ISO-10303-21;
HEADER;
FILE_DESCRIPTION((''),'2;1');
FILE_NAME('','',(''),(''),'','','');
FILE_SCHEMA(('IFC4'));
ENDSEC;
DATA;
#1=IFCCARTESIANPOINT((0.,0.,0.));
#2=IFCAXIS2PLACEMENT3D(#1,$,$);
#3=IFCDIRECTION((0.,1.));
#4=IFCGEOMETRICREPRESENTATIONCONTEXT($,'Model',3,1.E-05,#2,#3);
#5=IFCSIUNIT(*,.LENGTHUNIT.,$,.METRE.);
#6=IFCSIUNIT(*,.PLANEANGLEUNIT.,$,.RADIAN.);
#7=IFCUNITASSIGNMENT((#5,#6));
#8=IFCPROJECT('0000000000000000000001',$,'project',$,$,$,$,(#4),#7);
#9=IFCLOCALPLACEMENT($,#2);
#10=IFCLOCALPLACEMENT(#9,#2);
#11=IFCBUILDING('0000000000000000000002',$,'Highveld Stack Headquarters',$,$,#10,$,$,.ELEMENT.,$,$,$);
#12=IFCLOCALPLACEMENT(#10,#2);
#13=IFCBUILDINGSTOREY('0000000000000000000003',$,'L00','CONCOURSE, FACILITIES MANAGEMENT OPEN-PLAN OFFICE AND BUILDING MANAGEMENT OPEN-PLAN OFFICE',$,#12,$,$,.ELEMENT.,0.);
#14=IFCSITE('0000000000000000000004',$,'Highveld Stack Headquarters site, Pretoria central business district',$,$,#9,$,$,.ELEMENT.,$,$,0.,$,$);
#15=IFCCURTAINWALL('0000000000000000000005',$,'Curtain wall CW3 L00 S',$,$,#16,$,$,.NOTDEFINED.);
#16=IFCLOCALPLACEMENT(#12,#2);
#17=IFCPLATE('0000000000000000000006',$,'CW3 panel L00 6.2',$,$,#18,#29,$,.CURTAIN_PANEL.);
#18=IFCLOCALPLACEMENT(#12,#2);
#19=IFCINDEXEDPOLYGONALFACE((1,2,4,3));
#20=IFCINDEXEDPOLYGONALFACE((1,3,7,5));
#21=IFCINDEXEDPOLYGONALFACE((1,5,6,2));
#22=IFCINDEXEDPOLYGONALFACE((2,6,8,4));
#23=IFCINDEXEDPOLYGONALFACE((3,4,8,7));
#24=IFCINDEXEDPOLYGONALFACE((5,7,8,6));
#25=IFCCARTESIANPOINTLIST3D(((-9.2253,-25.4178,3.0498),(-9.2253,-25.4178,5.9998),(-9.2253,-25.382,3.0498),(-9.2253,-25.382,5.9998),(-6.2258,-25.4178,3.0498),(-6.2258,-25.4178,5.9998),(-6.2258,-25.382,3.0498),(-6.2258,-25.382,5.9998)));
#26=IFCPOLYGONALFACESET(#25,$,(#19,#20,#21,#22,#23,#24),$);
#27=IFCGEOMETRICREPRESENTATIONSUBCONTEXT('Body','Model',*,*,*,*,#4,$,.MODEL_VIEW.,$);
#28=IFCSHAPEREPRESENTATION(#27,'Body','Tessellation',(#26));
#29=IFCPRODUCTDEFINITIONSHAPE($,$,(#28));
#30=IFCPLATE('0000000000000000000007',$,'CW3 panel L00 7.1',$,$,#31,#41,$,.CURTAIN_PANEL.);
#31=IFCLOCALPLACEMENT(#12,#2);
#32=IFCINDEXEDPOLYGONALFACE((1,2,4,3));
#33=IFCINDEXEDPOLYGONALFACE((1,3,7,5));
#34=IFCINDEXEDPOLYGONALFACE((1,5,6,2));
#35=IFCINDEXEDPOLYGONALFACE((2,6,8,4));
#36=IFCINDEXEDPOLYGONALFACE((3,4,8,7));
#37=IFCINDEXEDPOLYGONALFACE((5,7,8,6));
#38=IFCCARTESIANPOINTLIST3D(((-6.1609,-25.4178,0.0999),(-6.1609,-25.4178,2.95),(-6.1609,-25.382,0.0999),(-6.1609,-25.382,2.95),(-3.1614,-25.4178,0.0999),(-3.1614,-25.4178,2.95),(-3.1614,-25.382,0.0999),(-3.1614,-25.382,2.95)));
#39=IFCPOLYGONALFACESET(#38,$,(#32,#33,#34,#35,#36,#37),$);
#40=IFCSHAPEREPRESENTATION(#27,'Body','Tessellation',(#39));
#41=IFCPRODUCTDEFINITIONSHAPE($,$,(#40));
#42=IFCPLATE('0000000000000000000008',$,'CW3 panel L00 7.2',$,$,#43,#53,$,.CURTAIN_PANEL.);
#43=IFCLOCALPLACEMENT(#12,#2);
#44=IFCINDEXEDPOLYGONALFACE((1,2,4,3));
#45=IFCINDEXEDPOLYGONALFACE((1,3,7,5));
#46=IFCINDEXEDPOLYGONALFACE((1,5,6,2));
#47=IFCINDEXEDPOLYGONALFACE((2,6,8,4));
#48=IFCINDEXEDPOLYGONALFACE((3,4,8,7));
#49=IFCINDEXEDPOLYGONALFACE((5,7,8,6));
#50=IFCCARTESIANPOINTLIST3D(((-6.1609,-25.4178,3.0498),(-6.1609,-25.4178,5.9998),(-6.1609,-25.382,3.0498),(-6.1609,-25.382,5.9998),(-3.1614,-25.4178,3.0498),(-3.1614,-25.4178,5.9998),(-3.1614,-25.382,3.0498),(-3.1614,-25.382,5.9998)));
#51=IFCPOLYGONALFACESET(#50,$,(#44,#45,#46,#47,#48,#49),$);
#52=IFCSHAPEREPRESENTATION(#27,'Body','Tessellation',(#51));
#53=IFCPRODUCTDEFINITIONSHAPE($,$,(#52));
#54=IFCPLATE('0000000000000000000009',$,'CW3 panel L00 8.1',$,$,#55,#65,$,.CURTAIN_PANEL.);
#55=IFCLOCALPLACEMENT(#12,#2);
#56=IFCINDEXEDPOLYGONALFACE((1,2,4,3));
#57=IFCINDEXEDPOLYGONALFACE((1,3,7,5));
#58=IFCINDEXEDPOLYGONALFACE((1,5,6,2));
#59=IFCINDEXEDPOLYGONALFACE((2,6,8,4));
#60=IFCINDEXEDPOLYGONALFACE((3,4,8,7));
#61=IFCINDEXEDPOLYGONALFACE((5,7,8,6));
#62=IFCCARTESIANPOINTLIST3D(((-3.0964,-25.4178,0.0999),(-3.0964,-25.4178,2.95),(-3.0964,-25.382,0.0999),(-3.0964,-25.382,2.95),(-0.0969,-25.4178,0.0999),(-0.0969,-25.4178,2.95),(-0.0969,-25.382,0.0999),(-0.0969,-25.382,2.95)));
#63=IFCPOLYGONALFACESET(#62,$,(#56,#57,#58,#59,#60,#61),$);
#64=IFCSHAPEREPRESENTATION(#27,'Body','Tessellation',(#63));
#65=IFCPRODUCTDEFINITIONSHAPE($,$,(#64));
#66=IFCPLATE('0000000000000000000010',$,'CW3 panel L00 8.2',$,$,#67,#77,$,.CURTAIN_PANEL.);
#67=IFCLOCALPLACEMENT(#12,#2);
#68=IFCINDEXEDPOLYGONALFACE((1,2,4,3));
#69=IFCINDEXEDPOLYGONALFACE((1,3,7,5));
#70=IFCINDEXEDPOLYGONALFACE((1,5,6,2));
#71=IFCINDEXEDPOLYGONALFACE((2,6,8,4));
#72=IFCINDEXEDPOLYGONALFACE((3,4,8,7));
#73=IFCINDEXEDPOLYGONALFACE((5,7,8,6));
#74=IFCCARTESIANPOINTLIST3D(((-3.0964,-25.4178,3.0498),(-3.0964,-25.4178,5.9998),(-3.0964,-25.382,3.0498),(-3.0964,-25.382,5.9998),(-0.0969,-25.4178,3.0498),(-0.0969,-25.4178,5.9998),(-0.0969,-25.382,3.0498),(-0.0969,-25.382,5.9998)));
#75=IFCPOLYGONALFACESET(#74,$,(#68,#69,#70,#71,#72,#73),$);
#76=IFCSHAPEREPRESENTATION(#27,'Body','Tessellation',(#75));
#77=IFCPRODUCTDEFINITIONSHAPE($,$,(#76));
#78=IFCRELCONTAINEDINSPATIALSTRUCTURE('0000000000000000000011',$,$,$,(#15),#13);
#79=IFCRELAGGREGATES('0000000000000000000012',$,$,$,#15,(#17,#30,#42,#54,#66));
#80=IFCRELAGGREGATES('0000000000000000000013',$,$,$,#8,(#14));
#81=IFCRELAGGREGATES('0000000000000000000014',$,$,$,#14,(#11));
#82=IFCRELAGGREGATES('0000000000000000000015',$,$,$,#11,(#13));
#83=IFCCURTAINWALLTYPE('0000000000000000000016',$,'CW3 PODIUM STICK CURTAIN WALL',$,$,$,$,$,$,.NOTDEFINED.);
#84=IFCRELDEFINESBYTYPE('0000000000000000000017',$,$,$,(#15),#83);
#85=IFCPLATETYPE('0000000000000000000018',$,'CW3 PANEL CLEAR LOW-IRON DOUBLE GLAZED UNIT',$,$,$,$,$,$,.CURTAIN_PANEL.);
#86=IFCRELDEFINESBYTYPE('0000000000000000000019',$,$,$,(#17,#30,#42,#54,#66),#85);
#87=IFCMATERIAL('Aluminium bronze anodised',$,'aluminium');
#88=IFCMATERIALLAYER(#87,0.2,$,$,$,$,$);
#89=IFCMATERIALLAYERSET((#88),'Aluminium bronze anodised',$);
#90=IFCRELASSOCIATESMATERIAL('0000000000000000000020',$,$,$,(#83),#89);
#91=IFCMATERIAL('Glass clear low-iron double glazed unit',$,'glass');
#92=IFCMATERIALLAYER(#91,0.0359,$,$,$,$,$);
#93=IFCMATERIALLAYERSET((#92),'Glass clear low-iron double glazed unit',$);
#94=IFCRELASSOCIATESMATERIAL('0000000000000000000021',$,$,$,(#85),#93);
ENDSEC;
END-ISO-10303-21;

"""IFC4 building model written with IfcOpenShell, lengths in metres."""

from ifc_helpers import new_model, si_unit, direction, frame, origin, origin_2d, place, context, subcontext, project, spatial, rectangle, extrude, material, layer, layer_set, type_object, element, aggregate, save


model = new_model("IFC4")

# Units and contexts
model_context = context("Model", 3, precision=1e-05, world=origin(), true_north=direction((0.0, 1.0)))
body_context = subcontext(model_context, "Body", "Model", "MODEL_VIEW")
ifc_project = project(units=[si_unit("LENGTHUNIT", "METRE"), si_unit("PLANEANGLEUNIT", "RADIAN")], contexts=[model_context])

# Site, building, storey
site_placement = place(None, origin())
site = spatial("IfcSite", under=ifc_project, at=site_placement, Name="Highveld Stack Headquarters site, Pretoria central business district", CompositionType="ELEMENT", RefElevation=0.0)
building_placement = place(site_placement, origin())
building = spatial("IfcBuilding", under=site, at=building_placement, Name="Highveld Stack Headquarters", CompositionType="ELEMENT")
storey_placement = place(building_placement, origin())
storey = spatial("IfcBuildingStorey", under=building, at=storey_placement, Name="L00", Description="CONCOURSE, FACILITIES MANAGEMENT OPEN-PLAN OFFICE AND BUILDING MANAGEMENT OPEN-PLAN OFFICE", CompositionType="ELEMENT", Elevation=0.0)

# Curtain wall, plates
ifc_material_1 = material(Name="Aluminium bronze anodised", Category="aluminium")
ifc_layer_1 = layer(ifc_material_1, 0.2)
ifc_layer_set_1 = layer_set([ifc_layer_1], Name="Aluminium bronze anodised")
curtain_wall_type = type_object("IfcCurtainWallType", Name="CW3 PODIUM STICK CURTAIN WALL", PredefinedType="NOTDEFINED", material=ifc_layer_set_1)
curtain_wall_placement = place(storey_placement, origin())
curtain_wall = element("IfcCurtainWall", 1, at=curtain_wall_placement, inside=storey, type_object=curtain_wall_type, Name="Curtain wall CW3 L00 S", PredefinedType="NOTDEFINED")
ifc_material_2 = material(Name="Glass clear low-iron double glazed unit", Category="glass")
ifc_layer_2 = layer(ifc_material_2, 0.0359)
ifc_layer_set_2 = layer_set([ifc_layer_2], Name="Glass clear low-iron double glazed unit")
plate_type = type_object("IfcPlateType", Name="CW3 PANEL CLEAR LOW-IRON DOUBLE GLAZED UNIT", PredefinedType="CURTAIN_PANEL", material=ifc_layer_set_2)
plate_1_placement = place(storey_placement, frame((-7.7256, -25.3999, 3.0498), z_axis=(0.0, 0.0, 1.0), x_axis=(1.0, 0.0, 0.0)))
plate_1 = element("IfcPlate", 2, at=plate_1_placement, type_object=plate_type, Name="CW3 panel L00 6.2", PredefinedType="CURTAIN_PANEL", context=body_context, shape_type="SweptSolid", body=[
    extrude(rectangle(XDim=2.9995, YDim=0.0359, at=origin_2d()), origin(), (0.0, 0.0, 1.0), 2.95),
])
plate_2_placement = place(storey_placement, frame((-4.6611, -25.3999, 0.0999), z_axis=(0.0, 0.0, 1.0), x_axis=(1.0, 0.0, 0.0)))
plate_2 = element("IfcPlate", 3, at=plate_2_placement, type_object=plate_type, Name="CW3 panel L00 7.1", PredefinedType="CURTAIN_PANEL", context=body_context, shape_type="SweptSolid", body=[
    extrude(rectangle(XDim=2.9995, YDim=0.0359, at=origin_2d()), origin(), (0.0, 0.0, 1.0), 2.8501),
])
plate_3_placement = place(storey_placement, frame((-4.6611, -25.3999, 3.0498), z_axis=(0.0, 0.0, 1.0), x_axis=(1.0, 0.0, 0.0)))
plate_3 = element("IfcPlate", 4, at=plate_3_placement, type_object=plate_type, Name="CW3 panel L00 7.2", PredefinedType="CURTAIN_PANEL", context=body_context, shape_type="SweptSolid", body=[
    extrude(rectangle(XDim=2.9995, YDim=0.0359, at=origin_2d()), origin(), (0.0, 0.0, 1.0), 2.95),
])
plate_4_placement = place(storey_placement, frame((-1.5967, -25.3999, 0.0999), z_axis=(0.0, 0.0, 1.0), x_axis=(1.0, 0.0, 0.0)))
plate_4 = element("IfcPlate", 5, at=plate_4_placement, type_object=plate_type, Name="CW3 panel L00 8.1", PredefinedType="CURTAIN_PANEL", context=body_context, shape_type="SweptSolid", body=[
    extrude(rectangle(XDim=2.9995, YDim=0.0359, at=origin_2d()), origin(), (0.0, 0.0, 1.0), 2.8501),
])
plate_5_placement = place(storey_placement, frame((-1.5967, -25.3999, 3.0498), z_axis=(0.0, 0.0, 1.0), x_axis=(1.0, 0.0, 0.0)))
plate_5 = element("IfcPlate", 6, at=plate_5_placement, type_object=plate_type, Name="CW3 panel L00 8.2", PredefinedType="CURTAIN_PANEL", context=body_context, shape_type="SweptSolid", body=[
    extrude(rectangle(XDim=2.9995, YDim=0.0359, at=origin_2d()), origin(), (0.0, 0.0, 1.0), 2.95),
])
aggregate(curtain_wall, [plate_1, plate_2, plate_3, plate_4, plate_5])

save(model, "model.ifc")
